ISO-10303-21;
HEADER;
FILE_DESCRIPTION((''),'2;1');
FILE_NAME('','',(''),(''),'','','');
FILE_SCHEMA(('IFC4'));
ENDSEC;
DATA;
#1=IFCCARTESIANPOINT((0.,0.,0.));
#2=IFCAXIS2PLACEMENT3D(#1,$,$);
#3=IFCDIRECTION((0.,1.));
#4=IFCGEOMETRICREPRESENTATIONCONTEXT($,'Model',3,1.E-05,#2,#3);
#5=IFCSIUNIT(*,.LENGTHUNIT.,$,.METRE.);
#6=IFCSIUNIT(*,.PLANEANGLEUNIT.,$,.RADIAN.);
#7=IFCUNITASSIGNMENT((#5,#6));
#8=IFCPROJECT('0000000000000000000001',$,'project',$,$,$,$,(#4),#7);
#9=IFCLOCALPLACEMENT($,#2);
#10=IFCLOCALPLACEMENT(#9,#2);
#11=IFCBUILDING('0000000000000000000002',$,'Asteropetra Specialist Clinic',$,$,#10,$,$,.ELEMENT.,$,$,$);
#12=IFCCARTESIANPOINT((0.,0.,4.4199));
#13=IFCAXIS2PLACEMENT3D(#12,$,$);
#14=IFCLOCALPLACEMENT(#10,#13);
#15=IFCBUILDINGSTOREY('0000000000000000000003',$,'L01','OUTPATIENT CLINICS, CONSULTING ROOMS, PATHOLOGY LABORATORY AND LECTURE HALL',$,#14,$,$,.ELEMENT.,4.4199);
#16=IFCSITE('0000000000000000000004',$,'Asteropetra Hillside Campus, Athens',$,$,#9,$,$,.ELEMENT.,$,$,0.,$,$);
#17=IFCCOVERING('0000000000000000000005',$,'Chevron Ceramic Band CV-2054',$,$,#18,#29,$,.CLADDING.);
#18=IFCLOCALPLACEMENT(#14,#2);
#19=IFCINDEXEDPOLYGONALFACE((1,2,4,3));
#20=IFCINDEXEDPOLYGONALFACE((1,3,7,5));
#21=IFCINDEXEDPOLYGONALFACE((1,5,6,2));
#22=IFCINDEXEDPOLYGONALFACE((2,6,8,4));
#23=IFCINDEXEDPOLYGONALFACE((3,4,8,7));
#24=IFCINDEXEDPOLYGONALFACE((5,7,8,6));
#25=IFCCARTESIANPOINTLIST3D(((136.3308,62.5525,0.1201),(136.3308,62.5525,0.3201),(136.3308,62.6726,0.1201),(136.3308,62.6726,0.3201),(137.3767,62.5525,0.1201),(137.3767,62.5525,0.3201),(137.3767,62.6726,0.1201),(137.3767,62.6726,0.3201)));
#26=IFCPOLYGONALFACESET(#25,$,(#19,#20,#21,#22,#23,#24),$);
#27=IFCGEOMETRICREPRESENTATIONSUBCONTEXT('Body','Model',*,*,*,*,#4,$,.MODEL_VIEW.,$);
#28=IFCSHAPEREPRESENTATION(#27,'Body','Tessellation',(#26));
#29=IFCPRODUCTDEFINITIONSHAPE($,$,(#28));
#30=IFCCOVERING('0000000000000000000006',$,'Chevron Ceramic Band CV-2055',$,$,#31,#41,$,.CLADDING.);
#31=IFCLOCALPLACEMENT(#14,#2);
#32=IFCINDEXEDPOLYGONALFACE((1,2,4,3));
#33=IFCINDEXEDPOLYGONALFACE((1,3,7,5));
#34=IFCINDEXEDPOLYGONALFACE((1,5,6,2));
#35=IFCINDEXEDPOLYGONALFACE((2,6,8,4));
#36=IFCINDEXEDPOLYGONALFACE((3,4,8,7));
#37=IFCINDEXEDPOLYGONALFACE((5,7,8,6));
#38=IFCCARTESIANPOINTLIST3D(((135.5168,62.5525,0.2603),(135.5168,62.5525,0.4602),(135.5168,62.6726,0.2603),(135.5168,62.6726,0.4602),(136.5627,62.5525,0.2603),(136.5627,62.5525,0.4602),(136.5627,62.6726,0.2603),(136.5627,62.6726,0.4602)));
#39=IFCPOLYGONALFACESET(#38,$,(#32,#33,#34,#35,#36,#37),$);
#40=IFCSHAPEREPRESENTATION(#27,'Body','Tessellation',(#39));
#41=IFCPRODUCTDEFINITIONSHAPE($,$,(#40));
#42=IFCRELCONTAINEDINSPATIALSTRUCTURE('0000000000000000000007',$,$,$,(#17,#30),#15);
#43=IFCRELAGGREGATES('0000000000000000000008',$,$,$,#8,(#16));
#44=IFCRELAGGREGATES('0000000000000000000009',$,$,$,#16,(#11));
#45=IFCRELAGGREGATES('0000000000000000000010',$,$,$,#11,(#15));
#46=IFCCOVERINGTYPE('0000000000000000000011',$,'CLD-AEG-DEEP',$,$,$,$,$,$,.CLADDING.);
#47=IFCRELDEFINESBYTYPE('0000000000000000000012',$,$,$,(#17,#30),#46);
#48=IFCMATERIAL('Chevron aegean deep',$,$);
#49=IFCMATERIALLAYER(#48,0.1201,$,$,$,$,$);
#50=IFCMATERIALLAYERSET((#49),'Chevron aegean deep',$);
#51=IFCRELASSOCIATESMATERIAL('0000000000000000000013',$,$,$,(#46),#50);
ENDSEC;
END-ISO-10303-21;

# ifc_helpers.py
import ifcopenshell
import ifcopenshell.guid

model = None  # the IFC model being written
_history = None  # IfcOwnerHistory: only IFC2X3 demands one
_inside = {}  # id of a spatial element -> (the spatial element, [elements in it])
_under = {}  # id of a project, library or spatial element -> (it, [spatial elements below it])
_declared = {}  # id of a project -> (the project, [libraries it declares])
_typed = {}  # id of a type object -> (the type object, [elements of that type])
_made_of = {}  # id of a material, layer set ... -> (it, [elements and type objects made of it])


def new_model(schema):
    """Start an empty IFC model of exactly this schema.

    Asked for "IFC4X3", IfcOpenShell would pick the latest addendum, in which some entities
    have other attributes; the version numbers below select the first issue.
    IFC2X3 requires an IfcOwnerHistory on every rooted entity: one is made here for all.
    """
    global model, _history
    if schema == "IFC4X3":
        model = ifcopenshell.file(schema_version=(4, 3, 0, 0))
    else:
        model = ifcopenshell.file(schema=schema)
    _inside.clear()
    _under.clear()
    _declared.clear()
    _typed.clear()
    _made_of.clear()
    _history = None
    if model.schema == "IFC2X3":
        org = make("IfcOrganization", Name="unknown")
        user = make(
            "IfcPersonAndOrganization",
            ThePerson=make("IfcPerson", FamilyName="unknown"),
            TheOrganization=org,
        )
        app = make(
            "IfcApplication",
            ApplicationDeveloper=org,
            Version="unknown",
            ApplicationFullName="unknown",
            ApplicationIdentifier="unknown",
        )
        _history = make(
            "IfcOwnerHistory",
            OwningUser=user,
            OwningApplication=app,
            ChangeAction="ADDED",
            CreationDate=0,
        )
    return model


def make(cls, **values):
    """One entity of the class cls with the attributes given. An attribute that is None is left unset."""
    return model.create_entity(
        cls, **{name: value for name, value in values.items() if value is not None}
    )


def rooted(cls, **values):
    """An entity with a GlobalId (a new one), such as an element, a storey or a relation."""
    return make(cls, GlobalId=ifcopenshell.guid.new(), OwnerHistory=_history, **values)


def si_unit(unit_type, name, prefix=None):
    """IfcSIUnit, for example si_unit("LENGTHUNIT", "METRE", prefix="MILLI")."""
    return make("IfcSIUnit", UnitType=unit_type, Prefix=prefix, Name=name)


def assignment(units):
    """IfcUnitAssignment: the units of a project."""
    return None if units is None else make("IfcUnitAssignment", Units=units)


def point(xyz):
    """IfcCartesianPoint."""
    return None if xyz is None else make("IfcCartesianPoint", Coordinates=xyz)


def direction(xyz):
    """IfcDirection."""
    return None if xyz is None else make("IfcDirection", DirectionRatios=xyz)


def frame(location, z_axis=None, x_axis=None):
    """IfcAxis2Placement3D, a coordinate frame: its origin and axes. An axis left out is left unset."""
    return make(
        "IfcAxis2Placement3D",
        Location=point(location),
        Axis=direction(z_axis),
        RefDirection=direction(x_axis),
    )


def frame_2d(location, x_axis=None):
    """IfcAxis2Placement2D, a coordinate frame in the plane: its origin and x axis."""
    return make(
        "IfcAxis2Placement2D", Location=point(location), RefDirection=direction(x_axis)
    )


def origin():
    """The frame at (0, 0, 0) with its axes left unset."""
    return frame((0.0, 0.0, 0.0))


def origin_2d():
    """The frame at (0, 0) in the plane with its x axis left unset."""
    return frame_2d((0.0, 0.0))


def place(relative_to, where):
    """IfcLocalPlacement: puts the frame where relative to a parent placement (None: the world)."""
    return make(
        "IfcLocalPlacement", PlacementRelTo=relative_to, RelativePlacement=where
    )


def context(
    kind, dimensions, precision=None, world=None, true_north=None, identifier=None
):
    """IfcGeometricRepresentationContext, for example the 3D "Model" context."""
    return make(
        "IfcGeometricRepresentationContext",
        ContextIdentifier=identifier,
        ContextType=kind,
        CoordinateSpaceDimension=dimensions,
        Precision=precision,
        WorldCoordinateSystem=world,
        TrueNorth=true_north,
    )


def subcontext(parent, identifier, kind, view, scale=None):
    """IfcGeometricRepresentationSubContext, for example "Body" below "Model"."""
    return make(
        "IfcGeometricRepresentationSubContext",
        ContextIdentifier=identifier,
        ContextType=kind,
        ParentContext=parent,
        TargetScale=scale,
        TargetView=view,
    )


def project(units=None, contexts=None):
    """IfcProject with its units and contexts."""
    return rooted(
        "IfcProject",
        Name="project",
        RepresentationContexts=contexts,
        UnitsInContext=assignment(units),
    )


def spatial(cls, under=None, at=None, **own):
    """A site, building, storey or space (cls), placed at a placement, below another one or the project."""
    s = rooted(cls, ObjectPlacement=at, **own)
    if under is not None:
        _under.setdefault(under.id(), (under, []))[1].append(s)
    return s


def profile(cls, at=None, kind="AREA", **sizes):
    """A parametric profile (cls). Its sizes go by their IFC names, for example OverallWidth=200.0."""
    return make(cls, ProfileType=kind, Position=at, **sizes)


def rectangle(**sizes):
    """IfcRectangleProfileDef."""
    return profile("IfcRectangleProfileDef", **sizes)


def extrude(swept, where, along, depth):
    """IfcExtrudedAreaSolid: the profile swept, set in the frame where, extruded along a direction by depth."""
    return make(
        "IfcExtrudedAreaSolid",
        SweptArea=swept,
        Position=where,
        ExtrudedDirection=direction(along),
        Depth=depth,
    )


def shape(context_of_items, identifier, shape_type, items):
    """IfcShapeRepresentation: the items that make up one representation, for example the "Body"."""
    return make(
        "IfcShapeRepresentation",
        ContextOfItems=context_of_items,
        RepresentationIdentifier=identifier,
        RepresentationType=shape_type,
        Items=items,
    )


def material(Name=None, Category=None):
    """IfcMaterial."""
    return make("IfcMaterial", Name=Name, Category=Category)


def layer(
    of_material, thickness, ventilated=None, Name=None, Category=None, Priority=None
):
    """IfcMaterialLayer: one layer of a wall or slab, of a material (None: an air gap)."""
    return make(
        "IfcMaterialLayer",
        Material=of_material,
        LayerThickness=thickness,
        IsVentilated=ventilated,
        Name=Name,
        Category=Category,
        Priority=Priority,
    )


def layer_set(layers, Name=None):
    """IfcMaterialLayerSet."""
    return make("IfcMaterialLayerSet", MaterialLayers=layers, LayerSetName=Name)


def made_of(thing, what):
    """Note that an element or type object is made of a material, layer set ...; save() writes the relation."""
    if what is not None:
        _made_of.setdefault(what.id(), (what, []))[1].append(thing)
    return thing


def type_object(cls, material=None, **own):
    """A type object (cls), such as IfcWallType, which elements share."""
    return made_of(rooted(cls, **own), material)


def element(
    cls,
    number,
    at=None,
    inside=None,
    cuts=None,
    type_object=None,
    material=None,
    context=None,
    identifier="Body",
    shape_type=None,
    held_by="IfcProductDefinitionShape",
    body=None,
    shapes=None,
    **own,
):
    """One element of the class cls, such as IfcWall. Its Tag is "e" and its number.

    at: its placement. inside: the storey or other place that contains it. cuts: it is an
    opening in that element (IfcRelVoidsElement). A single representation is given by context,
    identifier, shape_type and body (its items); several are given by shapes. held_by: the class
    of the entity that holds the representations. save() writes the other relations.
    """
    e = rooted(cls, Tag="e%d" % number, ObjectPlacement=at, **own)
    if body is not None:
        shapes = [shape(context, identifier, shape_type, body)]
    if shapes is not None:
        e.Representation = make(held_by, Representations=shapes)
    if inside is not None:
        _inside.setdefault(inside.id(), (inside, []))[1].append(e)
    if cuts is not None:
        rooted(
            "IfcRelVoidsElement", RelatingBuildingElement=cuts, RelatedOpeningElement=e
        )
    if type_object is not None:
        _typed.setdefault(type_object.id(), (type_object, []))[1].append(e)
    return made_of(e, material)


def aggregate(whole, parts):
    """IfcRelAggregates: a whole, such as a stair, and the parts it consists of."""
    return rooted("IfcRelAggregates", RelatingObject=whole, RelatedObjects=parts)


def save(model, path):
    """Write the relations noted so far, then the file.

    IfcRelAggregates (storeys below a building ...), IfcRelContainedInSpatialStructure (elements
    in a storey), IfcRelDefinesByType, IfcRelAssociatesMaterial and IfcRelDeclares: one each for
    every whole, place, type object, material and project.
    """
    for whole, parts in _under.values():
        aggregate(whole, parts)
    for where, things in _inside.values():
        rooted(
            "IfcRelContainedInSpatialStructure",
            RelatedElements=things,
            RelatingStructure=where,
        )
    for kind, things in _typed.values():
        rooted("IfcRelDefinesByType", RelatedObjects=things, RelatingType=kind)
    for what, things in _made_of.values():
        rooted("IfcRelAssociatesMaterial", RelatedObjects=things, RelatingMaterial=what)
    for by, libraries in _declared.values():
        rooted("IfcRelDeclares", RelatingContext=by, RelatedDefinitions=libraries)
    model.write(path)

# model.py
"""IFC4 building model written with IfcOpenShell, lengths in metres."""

from ifc_helpers import new_model, si_unit, direction, frame, origin, origin_2d, place, context, subcontext, project, spatial, rectangle, extrude, material, layer, layer_set, type_object, element, save


model = new_model("IFC4")

# Units and contexts
model_context = context("Model", 3, precision=1e-05, world=origin(), true_north=direction((0.0, 1.0)))
body_context = subcontext(model_context, "Body", "Model", "MODEL_VIEW")
ifc_project = project(units=[si_unit("LENGTHUNIT", "METRE"), si_unit("PLANEANGLEUNIT", "RADIAN")], contexts=[model_context])

# Site, building, storey
site_placement = place(None, origin())
site = spatial("IfcSite", under=ifc_project, at=site_placement, Name="Asteropetra Hillside Campus, Athens", CompositionType="ELEMENT", RefElevation=0.0)
building_placement = place(site_placement, origin())
building = spatial("IfcBuilding", under=site, at=building_placement, Name="Asteropetra Specialist Clinic", CompositionType="ELEMENT")
storey_placement = place(building_placement, frame((0.0, 0.0, 4.4199)))
storey = spatial("IfcBuildingStorey", under=building, at=storey_placement, Name="L01", Description="OUTPATIENT CLINICS, CONSULTING ROOMS, PATHOLOGY LABORATORY AND LECTURE HALL", CompositionType="ELEMENT", Elevation=4.4199)

# Coverings
ifc_material_1 = material(Name="Chevron aegean deep")
ifc_layer_1 = layer(ifc_material_1, 0.1201)
ifc_layer_set_1 = layer_set([ifc_layer_1], Name="Chevron aegean deep")
covering_type = type_object("IfcCoveringType", Name="CLD-AEG-DEEP", PredefinedType="CLADDING", material=ifc_layer_set_1)
for number, where, z_axis, x_axis, name in (
    (1, (136.8538, 62.6125, 0.1201), (0.0, 0.0, 1.0), (1.0, 0.0, 0.0), "Chevron Ceramic Band CV-2054"),
    (2, (136.0398, 62.6125, 0.2603), (0.0, 0.0, 1.0), (1.0, 0.0, 0.0), "Chevron Ceramic Band CV-2055"),
):
    element("IfcCovering", number, at=place(storey_placement, frame(where, z_axis=z_axis, x_axis=x_axis)), inside=storey, type_object=covering_type, Name=name, PredefinedType="CLADDING", context=body_context, shape_type="SweptSolid", body=[
        extrude(rectangle(XDim=1.0459, YDim=0.1201, at=origin_2d()), origin(), (0.0, 0.0, 1.0), 0.2),
    ])

save(model, "model.ifc")
